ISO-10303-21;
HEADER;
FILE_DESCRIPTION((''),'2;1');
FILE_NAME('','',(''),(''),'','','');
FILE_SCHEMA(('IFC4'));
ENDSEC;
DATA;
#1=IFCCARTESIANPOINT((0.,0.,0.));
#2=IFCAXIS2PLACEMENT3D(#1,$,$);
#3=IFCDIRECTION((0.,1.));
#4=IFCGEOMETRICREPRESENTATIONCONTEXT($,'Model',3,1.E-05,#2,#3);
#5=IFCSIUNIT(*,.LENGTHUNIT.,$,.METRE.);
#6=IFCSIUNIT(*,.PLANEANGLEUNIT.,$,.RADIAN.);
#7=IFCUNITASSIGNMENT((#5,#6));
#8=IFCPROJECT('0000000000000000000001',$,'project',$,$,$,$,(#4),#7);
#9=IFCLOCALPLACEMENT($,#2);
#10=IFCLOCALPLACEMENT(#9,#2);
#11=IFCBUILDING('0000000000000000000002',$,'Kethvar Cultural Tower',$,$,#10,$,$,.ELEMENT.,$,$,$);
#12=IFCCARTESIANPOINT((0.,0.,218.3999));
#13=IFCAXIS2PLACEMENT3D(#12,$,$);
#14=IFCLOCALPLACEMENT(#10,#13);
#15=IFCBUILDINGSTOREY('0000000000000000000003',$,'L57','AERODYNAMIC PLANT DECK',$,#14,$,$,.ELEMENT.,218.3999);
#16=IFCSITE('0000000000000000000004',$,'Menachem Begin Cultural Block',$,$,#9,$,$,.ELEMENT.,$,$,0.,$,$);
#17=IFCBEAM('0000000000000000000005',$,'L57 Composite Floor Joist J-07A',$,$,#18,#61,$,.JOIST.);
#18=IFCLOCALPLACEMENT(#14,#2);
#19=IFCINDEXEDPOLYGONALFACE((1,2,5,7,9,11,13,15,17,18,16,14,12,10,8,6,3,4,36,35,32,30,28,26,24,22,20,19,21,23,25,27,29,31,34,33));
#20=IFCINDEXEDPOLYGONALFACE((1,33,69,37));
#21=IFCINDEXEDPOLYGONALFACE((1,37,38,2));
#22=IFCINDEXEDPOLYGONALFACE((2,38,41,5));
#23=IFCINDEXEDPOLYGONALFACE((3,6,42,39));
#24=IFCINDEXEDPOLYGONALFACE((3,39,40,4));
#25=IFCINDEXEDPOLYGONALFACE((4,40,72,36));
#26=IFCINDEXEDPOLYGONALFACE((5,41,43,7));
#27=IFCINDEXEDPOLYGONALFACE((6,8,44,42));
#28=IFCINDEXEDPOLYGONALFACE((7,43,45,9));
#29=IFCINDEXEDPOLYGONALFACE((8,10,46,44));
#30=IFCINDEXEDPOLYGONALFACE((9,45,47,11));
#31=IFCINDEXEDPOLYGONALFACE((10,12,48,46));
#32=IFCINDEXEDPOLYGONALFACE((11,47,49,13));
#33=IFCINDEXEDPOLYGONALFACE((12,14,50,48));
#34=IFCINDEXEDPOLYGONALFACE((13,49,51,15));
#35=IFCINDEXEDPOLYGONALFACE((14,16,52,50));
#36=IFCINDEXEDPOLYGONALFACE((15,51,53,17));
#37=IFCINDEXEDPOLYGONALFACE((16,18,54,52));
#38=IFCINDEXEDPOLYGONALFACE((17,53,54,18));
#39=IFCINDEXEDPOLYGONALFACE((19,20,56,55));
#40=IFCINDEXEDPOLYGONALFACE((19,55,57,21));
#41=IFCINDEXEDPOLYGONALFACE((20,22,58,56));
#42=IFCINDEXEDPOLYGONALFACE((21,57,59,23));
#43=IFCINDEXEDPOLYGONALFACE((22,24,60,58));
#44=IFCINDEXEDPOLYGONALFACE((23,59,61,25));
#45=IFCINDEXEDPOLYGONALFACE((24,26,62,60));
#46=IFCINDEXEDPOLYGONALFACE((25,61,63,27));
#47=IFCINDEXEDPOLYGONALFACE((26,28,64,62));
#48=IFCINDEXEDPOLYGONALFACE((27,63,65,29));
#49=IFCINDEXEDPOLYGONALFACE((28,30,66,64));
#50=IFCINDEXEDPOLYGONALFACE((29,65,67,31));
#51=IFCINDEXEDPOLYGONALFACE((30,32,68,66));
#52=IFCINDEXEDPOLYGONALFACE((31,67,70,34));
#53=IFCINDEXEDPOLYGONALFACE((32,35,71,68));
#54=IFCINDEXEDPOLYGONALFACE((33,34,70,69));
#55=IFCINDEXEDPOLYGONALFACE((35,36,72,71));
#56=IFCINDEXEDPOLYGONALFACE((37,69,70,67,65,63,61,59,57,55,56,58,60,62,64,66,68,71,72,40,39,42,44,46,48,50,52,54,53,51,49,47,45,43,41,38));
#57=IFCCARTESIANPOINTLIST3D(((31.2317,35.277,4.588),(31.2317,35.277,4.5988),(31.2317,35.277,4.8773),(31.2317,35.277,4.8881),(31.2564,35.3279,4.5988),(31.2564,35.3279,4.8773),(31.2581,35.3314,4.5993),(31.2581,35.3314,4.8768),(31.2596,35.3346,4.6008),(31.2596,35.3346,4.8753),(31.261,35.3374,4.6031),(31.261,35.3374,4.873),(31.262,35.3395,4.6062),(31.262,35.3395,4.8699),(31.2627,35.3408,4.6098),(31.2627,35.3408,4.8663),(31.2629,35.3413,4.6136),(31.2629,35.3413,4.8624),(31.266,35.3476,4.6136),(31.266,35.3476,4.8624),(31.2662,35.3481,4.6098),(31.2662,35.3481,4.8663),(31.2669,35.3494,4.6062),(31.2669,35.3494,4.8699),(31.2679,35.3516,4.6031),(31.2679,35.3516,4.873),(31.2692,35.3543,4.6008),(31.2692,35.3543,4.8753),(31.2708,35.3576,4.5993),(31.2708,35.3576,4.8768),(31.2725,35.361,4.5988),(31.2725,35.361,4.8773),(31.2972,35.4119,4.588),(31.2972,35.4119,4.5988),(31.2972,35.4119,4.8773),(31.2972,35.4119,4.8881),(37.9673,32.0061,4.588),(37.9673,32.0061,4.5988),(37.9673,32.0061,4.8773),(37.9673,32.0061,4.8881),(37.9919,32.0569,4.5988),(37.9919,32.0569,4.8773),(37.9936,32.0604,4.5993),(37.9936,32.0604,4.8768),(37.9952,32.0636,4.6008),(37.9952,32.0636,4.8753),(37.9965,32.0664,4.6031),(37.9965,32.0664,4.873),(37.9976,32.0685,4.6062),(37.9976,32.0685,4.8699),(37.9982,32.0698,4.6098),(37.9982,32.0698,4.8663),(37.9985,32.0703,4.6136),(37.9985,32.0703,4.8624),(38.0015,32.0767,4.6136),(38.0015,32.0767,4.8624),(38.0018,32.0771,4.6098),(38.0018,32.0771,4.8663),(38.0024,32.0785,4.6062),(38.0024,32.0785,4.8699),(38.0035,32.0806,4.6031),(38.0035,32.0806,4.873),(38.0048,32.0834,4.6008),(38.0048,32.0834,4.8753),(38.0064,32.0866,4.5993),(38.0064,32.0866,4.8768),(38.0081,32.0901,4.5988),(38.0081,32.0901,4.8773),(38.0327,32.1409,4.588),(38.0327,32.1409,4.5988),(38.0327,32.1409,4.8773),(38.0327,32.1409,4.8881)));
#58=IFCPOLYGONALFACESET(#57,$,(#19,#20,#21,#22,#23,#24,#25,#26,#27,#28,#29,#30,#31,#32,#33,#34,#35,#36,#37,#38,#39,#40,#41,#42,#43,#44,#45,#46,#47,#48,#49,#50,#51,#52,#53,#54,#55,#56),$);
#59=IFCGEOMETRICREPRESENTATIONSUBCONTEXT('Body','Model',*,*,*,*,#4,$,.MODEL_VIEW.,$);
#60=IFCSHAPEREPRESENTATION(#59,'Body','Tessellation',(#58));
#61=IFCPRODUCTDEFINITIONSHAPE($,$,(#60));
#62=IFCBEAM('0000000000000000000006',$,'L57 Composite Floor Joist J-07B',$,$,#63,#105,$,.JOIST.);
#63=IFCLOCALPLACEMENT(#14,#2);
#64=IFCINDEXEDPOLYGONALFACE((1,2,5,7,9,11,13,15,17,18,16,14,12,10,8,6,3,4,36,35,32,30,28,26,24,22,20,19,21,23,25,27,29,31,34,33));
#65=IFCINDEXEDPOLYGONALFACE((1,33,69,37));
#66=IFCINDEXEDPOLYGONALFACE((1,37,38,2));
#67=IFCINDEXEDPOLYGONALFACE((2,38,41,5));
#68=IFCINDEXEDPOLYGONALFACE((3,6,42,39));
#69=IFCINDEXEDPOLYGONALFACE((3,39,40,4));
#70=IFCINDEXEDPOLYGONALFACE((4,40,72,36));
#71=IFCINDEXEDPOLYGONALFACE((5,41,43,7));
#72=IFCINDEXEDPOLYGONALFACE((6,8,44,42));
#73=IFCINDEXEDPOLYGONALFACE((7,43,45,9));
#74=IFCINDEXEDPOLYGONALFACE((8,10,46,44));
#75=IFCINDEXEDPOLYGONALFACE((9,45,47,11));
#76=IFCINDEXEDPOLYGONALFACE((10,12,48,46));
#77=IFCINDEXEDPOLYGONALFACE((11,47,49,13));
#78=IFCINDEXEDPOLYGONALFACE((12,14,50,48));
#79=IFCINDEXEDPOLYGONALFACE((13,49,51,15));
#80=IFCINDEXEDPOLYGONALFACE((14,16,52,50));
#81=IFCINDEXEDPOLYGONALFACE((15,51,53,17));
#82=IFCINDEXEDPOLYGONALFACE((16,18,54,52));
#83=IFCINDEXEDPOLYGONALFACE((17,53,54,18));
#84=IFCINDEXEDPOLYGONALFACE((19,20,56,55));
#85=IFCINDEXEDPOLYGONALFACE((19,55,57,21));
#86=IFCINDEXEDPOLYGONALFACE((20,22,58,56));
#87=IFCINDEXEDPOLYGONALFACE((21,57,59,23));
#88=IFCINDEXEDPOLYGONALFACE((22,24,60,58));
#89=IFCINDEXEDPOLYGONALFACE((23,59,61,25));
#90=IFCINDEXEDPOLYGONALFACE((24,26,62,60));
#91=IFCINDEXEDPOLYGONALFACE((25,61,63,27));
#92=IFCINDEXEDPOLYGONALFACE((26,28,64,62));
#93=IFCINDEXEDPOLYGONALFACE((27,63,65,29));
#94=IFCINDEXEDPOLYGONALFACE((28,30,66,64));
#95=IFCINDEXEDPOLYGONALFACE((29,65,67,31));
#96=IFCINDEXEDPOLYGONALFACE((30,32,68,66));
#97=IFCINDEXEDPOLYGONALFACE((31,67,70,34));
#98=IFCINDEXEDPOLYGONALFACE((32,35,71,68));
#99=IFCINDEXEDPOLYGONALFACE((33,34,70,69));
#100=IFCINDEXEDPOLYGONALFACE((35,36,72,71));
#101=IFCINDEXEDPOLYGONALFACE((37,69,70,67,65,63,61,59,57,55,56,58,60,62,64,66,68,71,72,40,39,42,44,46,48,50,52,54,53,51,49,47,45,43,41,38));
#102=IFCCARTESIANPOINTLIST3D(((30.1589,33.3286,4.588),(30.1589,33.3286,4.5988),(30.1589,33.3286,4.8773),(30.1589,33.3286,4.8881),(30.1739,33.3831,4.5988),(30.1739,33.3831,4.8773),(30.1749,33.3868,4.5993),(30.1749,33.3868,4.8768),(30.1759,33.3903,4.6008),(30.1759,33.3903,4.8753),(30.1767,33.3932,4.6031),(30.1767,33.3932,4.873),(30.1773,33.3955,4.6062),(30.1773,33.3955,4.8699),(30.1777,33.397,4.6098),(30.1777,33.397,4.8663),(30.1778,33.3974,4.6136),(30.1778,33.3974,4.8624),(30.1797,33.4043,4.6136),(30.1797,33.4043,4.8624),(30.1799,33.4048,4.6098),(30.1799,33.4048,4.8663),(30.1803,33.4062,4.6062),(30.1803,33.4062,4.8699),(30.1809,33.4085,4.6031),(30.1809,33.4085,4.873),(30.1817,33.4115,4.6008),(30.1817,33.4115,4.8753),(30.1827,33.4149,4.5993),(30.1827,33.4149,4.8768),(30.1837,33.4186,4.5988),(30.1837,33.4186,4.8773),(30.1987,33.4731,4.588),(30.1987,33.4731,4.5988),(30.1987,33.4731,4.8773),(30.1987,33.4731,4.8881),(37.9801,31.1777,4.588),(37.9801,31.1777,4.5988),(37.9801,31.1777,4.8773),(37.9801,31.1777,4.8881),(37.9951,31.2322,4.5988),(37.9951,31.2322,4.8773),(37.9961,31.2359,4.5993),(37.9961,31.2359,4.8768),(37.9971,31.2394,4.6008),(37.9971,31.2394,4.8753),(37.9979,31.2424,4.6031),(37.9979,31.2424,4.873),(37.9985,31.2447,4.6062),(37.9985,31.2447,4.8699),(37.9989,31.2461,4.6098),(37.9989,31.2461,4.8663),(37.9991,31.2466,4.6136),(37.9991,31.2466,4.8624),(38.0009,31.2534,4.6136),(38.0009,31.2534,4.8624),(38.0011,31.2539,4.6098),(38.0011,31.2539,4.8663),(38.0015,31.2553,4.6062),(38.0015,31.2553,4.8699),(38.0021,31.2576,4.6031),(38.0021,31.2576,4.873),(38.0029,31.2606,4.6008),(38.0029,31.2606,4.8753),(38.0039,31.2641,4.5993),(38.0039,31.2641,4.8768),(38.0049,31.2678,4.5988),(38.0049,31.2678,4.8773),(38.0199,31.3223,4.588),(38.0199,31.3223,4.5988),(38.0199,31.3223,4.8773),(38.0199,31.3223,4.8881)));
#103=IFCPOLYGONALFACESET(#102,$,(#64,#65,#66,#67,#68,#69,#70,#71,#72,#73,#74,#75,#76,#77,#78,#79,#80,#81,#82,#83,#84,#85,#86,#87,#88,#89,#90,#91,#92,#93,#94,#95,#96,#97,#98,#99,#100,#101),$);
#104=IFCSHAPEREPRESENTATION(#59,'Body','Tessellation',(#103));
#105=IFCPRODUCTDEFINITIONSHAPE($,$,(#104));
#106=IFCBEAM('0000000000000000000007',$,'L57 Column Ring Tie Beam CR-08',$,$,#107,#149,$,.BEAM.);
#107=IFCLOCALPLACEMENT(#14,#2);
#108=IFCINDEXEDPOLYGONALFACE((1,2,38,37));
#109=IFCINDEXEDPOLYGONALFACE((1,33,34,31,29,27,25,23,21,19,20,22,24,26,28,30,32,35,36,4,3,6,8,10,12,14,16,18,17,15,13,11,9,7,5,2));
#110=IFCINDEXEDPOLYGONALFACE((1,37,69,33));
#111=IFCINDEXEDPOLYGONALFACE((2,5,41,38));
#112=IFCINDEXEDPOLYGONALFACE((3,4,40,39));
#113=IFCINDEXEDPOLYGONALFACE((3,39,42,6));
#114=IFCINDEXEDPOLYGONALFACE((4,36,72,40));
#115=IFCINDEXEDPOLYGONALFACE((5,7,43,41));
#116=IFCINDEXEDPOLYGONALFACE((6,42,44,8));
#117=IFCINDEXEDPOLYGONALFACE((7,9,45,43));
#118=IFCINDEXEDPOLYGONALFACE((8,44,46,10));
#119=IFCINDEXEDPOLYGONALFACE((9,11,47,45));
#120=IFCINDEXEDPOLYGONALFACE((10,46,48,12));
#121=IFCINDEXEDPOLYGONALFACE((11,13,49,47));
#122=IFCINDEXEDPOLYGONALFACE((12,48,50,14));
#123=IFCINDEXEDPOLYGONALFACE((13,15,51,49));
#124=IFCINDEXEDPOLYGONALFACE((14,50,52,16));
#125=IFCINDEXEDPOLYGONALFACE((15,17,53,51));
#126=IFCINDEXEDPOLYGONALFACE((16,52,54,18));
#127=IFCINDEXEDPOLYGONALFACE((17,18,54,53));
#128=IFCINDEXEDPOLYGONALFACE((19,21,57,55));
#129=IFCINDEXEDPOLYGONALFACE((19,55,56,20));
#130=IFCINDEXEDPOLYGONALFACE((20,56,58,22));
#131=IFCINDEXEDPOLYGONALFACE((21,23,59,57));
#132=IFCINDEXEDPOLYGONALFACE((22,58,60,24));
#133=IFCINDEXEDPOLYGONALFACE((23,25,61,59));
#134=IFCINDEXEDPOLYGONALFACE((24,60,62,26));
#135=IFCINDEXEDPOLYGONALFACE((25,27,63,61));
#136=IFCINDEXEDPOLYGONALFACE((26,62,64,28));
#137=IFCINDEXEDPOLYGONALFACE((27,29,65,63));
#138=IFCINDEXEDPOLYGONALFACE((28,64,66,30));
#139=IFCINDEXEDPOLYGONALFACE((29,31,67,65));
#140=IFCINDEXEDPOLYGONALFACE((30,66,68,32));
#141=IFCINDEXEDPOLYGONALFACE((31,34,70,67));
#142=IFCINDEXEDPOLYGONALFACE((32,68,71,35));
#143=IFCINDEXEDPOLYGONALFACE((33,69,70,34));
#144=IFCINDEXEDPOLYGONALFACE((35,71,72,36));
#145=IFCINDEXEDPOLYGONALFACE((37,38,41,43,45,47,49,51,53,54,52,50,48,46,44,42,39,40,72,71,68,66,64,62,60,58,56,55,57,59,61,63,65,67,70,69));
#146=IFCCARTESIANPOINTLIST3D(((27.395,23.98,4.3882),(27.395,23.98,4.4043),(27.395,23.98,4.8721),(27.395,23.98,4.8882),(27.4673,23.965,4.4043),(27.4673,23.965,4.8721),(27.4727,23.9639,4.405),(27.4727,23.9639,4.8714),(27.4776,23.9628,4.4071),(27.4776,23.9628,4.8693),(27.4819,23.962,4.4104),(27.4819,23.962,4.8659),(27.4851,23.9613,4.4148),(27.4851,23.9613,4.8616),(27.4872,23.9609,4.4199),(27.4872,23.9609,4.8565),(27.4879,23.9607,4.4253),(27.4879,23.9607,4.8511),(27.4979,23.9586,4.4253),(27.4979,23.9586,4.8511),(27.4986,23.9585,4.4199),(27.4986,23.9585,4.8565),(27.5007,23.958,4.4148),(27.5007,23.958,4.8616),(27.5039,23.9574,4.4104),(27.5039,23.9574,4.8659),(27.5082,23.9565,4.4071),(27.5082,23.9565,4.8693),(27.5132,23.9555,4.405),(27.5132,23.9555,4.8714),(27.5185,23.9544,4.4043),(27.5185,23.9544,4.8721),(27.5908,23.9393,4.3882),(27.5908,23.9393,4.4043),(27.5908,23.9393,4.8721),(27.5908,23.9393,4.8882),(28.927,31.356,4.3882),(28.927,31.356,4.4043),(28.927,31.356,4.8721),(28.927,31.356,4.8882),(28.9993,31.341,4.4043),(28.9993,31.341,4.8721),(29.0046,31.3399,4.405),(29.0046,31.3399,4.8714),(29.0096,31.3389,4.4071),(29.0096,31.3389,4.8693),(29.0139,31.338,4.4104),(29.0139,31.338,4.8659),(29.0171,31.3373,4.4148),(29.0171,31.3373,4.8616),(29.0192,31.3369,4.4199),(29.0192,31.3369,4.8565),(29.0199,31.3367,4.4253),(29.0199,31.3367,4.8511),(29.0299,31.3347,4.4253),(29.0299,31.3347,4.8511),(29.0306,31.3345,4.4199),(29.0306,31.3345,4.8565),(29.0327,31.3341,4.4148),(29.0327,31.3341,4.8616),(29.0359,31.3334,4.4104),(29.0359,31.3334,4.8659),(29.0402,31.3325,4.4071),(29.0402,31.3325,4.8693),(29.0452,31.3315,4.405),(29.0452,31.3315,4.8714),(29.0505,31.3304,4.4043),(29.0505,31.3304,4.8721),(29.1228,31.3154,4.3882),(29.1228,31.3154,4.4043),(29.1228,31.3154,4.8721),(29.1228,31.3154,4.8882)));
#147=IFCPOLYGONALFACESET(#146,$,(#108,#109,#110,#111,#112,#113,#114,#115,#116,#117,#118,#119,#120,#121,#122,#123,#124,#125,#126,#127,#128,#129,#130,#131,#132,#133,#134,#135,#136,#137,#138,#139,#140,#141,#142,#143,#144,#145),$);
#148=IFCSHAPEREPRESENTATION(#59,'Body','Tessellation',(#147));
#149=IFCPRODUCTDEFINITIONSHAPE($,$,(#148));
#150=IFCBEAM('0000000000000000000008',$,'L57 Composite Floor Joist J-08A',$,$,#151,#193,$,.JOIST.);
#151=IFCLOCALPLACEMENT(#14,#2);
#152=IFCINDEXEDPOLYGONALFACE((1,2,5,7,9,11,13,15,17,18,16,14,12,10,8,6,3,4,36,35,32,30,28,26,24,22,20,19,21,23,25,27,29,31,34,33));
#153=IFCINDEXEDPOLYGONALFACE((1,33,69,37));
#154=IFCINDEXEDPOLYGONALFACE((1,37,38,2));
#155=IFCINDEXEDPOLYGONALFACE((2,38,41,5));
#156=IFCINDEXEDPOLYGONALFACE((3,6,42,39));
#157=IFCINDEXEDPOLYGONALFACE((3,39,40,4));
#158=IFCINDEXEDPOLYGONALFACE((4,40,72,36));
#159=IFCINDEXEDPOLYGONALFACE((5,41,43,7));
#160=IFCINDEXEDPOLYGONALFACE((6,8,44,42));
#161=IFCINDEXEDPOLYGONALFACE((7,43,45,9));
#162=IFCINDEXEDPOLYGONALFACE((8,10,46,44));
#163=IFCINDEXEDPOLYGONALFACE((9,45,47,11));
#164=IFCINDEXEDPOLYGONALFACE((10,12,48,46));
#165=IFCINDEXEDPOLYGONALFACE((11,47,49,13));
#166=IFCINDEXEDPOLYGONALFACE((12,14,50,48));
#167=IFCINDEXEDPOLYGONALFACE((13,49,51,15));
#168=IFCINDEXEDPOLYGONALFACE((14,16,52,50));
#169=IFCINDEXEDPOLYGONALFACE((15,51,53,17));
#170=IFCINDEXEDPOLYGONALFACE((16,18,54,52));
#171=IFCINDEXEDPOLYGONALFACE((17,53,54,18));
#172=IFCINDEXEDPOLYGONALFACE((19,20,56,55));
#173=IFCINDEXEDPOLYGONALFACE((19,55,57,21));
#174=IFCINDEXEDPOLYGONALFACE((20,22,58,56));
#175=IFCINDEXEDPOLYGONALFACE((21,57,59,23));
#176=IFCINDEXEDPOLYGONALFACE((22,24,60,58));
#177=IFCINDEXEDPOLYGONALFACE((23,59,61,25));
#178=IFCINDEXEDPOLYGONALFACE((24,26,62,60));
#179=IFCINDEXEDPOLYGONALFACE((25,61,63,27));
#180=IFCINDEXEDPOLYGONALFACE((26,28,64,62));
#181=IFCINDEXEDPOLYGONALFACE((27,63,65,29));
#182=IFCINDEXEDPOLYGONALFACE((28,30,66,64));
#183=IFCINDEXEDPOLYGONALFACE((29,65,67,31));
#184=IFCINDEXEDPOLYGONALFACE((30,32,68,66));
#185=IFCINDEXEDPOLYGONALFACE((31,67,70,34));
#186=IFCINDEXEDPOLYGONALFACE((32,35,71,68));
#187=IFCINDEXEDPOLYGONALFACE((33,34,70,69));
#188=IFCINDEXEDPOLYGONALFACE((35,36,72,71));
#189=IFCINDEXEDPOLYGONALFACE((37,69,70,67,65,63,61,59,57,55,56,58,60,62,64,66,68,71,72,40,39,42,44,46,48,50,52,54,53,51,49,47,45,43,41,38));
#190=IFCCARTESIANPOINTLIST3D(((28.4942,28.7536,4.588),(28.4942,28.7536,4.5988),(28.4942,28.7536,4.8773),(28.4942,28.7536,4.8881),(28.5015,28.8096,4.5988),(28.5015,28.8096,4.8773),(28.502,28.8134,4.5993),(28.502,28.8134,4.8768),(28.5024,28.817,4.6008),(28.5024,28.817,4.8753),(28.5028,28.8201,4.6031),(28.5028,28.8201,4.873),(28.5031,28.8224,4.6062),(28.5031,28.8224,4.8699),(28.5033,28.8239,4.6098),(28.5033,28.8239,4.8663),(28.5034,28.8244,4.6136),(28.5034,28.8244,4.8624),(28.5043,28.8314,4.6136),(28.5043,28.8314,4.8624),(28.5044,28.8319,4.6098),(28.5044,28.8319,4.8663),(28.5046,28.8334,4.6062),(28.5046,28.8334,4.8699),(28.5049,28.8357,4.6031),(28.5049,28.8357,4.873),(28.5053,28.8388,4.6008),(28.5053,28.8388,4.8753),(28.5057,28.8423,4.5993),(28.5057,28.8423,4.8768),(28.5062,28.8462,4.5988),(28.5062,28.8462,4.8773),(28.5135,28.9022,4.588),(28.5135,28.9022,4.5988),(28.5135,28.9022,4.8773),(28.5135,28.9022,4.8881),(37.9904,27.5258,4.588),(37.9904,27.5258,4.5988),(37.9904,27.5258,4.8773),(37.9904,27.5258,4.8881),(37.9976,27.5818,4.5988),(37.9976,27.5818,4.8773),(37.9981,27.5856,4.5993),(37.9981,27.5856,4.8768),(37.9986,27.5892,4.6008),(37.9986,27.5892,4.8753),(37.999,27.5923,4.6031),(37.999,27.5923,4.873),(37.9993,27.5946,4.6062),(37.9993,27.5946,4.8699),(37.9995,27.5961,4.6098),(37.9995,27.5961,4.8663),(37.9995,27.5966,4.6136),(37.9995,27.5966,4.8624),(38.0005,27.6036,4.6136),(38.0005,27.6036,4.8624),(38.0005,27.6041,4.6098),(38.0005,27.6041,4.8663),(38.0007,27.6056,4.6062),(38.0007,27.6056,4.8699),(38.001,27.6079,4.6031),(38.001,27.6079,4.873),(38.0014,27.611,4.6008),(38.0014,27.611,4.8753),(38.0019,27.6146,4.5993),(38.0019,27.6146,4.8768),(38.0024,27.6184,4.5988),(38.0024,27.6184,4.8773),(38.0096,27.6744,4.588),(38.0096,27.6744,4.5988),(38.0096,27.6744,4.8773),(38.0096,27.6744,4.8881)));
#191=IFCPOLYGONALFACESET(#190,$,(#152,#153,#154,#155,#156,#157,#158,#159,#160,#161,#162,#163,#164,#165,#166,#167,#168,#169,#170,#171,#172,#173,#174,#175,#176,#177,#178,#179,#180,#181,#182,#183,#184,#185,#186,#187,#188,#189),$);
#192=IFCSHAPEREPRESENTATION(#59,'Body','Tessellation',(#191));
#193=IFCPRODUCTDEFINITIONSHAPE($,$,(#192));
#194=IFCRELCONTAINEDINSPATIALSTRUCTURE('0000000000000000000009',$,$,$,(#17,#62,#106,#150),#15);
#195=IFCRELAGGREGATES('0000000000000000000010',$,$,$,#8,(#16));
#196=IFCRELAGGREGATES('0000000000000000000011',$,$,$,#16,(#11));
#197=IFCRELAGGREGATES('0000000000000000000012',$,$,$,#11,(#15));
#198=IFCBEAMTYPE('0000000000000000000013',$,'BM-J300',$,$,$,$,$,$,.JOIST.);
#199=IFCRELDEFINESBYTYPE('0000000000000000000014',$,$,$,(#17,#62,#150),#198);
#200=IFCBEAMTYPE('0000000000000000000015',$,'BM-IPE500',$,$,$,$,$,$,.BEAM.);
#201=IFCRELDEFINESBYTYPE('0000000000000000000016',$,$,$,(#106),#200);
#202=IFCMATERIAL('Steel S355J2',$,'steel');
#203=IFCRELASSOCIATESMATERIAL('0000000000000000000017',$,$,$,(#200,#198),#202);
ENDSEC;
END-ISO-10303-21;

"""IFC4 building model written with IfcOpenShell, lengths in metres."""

from ifc_helpers import new_model, si_unit, direction, frame, origin, origin_2d, place, context, subcontext, project, spatial, i_section, extrude, source, transform, mapped, material, material_profile, profile_set, type_object, element, save


model = new_model("IFC4")

# Units and contexts
model_context = context("Model", 3, precision=1e-05, world=origin(), true_north=direction((0.0, 1.0)))
body_context = subcontext(model_context, "Body", "Model", "MODEL_VIEW")
ifc_project = project(units=[si_unit("LENGTHUNIT", "METRE"), si_unit("PLANEANGLEUNIT", "RADIAN")], contexts=[model_context])

# Site, building, storey
site_placement = place(None, origin())
site = spatial("IfcSite", under=ifc_project, at=site_placement, Name="Menachem Begin Cultural Block", CompositionType="ELEMENT", RefElevation=0.0)
building_placement = place(site_placement, origin())
building = spatial("IfcBuilding", under=site, at=building_placement, Name="Kethvar Cultural Tower", CompositionType="ELEMENT")
storey_placement = place(building_placement, frame((0.0, 0.0, 218.3999)))
storey = spatial("IfcBuildingStorey", under=building, at=storey_placement, Name="L57", Description="AERODYNAMIC PLANT DECK", CompositionType="ELEMENT", Elevation=218.3999)

# Beams
ifc_material_1 = material(Name="Steel S355J2", Category="steel")
ifc_material_profile_1 = material_profile(ifc_material_1, i_section(OverallWidth=0.2, OverallDepth=0.5, WebThickness=0.0103, FlangeThickness=0.0161, FilletRadius=0.021, at=origin_2d()), Name="Steel S355J2 — IPE500")
ifc_profile_set_1 = profile_set([ifc_material_profile_1], Name="Steel S355J2 — IPE500")
beam_type_1 = type_object("IfcBeamType", Name="BM-IPE500", PredefinedType="BEAM", material=ifc_profile_set_1)
ifc_material_profile_2 = material_profile(ifc_material_1, i_section(OverallWidth=0.1499, OverallDepth=0.3, WebThickness=0.0071, FlangeThickness=0.0107, FilletRadius=0.0149, at=origin_2d()), Name="Steel S355J2 — IPE300")
ifc_profile_set_2 = profile_set([ifc_material_profile_2], Name="Steel S355J2 — IPE300")
beam_type_2 = type_object("IfcBeamType", Name="BM-J300", PredefinedType="JOIST", material=ifc_profile_set_2)
shared_shape_1 = source(origin(), body_context, "Body", "SweptSolid", [
    extrude(i_section(OverallWidth=0.1499, OverallDepth=0.3, WebThickness=0.0071, FlangeThickness=0.0107, FilletRadius=0.0149, at=origin_2d()), origin(), (0.0, 0.0, 1.0), 7.4878),
])
beam_1_placement = place(storey_placement, frame((38.0, 32.0735, 4.738), z_axis=(-0.899539, 0.436841, 0.0), x_axis=(-0.436841, -0.899539, 0.0)))
element("IfcBeam", 1, at=beam_1_placement, inside=storey, type_object=beam_type_2, Name="L57 Composite Floor Joist J-07A", PredefinedType="JOIST", context=body_context, shape_type="MappedRepresentation", body=[
    mapped(shared_shape_1, transform((0.0, 0.0, 0.0), scale=1.0)),
])
shared_shape_2 = source(origin(), body_context, "Body", "SweptSolid", [
    extrude(i_section(OverallWidth=0.1499, OverallDepth=0.3, WebThickness=0.0071, FlangeThickness=0.0107, FilletRadius=0.0149, at=origin_2d()), origin(), (0.0, 0.0, 1.0), 8.1116),
])
beam_2_placement = place(storey_placement, frame((38.0, 31.25, 4.738), z_axis=(-0.964205, 0.265159, 0.0), x_axis=(-0.265159, -0.964205, 0.0)))
element("IfcBeam", 2, at=beam_2_placement, inside=storey, type_object=beam_type_2, Name="L57 Composite Floor Joist J-07B", PredefinedType="JOIST", context=body_context, shape_type="MappedRepresentation", body=[
    mapped(shared_shape_2, transform((0.0, 0.0, 0.0), scale=1.0)),
])
shared_shape_3 = source(origin(), body_context, "Body", "SweptSolid", [
    extrude(i_section(OverallWidth=0.2, OverallDepth=0.5, WebThickness=0.0103, FlangeThickness=0.0161, FilletRadius=0.021, at=origin_2d()), origin(), (0.0, 0.0, 1.0), 7.5334),
])
beam_3_placement = place(storey_placement, frame((29.0249, 31.3357, 4.6382), z_axis=(-0.203359, -0.979104, 0.0), x_axis=(0.979104, -0.203359, 0.0)))
element("IfcBeam", 3, at=beam_3_placement, inside=storey, type_object=beam_type_1, Name="L57 Column Ring Tie Beam CR-08", PredefinedType="BEAM", context=body_context, shape_type="MappedRepresentation", body=[
    mapped(shared_shape_3, transform((0.0, 0.0, 0.0), scale=1.0)),
])
shared_shape_4 = source(origin(), body_context, "Body", "SweptSolid", [
    extrude(i_section(OverallWidth=0.1499, OverallDepth=0.3, WebThickness=0.0071, FlangeThickness=0.0107, FilletRadius=0.0149, at=origin_2d()), origin(), (0.0, 0.0, 1.0), 9.5752),
])
beam_4_placement = place(storey_placement, frame((38.0, 27.6001, 4.738), z_axis=(-0.991745, 0.128226, 0.0), x_axis=(-0.128226, -0.991745, 0.0)))
element("IfcBeam", 4, at=beam_4_placement, inside=storey, type_object=beam_type_2, Name="L57 Composite Floor Joist J-08A", PredefinedType="JOIST", context=body_context, shape_type="MappedRepresentation", body=[
    mapped(shared_shape_4, transform((0.0, 0.0, 0.0), scale=1.0)),
])

save(model, "model.ifc")
